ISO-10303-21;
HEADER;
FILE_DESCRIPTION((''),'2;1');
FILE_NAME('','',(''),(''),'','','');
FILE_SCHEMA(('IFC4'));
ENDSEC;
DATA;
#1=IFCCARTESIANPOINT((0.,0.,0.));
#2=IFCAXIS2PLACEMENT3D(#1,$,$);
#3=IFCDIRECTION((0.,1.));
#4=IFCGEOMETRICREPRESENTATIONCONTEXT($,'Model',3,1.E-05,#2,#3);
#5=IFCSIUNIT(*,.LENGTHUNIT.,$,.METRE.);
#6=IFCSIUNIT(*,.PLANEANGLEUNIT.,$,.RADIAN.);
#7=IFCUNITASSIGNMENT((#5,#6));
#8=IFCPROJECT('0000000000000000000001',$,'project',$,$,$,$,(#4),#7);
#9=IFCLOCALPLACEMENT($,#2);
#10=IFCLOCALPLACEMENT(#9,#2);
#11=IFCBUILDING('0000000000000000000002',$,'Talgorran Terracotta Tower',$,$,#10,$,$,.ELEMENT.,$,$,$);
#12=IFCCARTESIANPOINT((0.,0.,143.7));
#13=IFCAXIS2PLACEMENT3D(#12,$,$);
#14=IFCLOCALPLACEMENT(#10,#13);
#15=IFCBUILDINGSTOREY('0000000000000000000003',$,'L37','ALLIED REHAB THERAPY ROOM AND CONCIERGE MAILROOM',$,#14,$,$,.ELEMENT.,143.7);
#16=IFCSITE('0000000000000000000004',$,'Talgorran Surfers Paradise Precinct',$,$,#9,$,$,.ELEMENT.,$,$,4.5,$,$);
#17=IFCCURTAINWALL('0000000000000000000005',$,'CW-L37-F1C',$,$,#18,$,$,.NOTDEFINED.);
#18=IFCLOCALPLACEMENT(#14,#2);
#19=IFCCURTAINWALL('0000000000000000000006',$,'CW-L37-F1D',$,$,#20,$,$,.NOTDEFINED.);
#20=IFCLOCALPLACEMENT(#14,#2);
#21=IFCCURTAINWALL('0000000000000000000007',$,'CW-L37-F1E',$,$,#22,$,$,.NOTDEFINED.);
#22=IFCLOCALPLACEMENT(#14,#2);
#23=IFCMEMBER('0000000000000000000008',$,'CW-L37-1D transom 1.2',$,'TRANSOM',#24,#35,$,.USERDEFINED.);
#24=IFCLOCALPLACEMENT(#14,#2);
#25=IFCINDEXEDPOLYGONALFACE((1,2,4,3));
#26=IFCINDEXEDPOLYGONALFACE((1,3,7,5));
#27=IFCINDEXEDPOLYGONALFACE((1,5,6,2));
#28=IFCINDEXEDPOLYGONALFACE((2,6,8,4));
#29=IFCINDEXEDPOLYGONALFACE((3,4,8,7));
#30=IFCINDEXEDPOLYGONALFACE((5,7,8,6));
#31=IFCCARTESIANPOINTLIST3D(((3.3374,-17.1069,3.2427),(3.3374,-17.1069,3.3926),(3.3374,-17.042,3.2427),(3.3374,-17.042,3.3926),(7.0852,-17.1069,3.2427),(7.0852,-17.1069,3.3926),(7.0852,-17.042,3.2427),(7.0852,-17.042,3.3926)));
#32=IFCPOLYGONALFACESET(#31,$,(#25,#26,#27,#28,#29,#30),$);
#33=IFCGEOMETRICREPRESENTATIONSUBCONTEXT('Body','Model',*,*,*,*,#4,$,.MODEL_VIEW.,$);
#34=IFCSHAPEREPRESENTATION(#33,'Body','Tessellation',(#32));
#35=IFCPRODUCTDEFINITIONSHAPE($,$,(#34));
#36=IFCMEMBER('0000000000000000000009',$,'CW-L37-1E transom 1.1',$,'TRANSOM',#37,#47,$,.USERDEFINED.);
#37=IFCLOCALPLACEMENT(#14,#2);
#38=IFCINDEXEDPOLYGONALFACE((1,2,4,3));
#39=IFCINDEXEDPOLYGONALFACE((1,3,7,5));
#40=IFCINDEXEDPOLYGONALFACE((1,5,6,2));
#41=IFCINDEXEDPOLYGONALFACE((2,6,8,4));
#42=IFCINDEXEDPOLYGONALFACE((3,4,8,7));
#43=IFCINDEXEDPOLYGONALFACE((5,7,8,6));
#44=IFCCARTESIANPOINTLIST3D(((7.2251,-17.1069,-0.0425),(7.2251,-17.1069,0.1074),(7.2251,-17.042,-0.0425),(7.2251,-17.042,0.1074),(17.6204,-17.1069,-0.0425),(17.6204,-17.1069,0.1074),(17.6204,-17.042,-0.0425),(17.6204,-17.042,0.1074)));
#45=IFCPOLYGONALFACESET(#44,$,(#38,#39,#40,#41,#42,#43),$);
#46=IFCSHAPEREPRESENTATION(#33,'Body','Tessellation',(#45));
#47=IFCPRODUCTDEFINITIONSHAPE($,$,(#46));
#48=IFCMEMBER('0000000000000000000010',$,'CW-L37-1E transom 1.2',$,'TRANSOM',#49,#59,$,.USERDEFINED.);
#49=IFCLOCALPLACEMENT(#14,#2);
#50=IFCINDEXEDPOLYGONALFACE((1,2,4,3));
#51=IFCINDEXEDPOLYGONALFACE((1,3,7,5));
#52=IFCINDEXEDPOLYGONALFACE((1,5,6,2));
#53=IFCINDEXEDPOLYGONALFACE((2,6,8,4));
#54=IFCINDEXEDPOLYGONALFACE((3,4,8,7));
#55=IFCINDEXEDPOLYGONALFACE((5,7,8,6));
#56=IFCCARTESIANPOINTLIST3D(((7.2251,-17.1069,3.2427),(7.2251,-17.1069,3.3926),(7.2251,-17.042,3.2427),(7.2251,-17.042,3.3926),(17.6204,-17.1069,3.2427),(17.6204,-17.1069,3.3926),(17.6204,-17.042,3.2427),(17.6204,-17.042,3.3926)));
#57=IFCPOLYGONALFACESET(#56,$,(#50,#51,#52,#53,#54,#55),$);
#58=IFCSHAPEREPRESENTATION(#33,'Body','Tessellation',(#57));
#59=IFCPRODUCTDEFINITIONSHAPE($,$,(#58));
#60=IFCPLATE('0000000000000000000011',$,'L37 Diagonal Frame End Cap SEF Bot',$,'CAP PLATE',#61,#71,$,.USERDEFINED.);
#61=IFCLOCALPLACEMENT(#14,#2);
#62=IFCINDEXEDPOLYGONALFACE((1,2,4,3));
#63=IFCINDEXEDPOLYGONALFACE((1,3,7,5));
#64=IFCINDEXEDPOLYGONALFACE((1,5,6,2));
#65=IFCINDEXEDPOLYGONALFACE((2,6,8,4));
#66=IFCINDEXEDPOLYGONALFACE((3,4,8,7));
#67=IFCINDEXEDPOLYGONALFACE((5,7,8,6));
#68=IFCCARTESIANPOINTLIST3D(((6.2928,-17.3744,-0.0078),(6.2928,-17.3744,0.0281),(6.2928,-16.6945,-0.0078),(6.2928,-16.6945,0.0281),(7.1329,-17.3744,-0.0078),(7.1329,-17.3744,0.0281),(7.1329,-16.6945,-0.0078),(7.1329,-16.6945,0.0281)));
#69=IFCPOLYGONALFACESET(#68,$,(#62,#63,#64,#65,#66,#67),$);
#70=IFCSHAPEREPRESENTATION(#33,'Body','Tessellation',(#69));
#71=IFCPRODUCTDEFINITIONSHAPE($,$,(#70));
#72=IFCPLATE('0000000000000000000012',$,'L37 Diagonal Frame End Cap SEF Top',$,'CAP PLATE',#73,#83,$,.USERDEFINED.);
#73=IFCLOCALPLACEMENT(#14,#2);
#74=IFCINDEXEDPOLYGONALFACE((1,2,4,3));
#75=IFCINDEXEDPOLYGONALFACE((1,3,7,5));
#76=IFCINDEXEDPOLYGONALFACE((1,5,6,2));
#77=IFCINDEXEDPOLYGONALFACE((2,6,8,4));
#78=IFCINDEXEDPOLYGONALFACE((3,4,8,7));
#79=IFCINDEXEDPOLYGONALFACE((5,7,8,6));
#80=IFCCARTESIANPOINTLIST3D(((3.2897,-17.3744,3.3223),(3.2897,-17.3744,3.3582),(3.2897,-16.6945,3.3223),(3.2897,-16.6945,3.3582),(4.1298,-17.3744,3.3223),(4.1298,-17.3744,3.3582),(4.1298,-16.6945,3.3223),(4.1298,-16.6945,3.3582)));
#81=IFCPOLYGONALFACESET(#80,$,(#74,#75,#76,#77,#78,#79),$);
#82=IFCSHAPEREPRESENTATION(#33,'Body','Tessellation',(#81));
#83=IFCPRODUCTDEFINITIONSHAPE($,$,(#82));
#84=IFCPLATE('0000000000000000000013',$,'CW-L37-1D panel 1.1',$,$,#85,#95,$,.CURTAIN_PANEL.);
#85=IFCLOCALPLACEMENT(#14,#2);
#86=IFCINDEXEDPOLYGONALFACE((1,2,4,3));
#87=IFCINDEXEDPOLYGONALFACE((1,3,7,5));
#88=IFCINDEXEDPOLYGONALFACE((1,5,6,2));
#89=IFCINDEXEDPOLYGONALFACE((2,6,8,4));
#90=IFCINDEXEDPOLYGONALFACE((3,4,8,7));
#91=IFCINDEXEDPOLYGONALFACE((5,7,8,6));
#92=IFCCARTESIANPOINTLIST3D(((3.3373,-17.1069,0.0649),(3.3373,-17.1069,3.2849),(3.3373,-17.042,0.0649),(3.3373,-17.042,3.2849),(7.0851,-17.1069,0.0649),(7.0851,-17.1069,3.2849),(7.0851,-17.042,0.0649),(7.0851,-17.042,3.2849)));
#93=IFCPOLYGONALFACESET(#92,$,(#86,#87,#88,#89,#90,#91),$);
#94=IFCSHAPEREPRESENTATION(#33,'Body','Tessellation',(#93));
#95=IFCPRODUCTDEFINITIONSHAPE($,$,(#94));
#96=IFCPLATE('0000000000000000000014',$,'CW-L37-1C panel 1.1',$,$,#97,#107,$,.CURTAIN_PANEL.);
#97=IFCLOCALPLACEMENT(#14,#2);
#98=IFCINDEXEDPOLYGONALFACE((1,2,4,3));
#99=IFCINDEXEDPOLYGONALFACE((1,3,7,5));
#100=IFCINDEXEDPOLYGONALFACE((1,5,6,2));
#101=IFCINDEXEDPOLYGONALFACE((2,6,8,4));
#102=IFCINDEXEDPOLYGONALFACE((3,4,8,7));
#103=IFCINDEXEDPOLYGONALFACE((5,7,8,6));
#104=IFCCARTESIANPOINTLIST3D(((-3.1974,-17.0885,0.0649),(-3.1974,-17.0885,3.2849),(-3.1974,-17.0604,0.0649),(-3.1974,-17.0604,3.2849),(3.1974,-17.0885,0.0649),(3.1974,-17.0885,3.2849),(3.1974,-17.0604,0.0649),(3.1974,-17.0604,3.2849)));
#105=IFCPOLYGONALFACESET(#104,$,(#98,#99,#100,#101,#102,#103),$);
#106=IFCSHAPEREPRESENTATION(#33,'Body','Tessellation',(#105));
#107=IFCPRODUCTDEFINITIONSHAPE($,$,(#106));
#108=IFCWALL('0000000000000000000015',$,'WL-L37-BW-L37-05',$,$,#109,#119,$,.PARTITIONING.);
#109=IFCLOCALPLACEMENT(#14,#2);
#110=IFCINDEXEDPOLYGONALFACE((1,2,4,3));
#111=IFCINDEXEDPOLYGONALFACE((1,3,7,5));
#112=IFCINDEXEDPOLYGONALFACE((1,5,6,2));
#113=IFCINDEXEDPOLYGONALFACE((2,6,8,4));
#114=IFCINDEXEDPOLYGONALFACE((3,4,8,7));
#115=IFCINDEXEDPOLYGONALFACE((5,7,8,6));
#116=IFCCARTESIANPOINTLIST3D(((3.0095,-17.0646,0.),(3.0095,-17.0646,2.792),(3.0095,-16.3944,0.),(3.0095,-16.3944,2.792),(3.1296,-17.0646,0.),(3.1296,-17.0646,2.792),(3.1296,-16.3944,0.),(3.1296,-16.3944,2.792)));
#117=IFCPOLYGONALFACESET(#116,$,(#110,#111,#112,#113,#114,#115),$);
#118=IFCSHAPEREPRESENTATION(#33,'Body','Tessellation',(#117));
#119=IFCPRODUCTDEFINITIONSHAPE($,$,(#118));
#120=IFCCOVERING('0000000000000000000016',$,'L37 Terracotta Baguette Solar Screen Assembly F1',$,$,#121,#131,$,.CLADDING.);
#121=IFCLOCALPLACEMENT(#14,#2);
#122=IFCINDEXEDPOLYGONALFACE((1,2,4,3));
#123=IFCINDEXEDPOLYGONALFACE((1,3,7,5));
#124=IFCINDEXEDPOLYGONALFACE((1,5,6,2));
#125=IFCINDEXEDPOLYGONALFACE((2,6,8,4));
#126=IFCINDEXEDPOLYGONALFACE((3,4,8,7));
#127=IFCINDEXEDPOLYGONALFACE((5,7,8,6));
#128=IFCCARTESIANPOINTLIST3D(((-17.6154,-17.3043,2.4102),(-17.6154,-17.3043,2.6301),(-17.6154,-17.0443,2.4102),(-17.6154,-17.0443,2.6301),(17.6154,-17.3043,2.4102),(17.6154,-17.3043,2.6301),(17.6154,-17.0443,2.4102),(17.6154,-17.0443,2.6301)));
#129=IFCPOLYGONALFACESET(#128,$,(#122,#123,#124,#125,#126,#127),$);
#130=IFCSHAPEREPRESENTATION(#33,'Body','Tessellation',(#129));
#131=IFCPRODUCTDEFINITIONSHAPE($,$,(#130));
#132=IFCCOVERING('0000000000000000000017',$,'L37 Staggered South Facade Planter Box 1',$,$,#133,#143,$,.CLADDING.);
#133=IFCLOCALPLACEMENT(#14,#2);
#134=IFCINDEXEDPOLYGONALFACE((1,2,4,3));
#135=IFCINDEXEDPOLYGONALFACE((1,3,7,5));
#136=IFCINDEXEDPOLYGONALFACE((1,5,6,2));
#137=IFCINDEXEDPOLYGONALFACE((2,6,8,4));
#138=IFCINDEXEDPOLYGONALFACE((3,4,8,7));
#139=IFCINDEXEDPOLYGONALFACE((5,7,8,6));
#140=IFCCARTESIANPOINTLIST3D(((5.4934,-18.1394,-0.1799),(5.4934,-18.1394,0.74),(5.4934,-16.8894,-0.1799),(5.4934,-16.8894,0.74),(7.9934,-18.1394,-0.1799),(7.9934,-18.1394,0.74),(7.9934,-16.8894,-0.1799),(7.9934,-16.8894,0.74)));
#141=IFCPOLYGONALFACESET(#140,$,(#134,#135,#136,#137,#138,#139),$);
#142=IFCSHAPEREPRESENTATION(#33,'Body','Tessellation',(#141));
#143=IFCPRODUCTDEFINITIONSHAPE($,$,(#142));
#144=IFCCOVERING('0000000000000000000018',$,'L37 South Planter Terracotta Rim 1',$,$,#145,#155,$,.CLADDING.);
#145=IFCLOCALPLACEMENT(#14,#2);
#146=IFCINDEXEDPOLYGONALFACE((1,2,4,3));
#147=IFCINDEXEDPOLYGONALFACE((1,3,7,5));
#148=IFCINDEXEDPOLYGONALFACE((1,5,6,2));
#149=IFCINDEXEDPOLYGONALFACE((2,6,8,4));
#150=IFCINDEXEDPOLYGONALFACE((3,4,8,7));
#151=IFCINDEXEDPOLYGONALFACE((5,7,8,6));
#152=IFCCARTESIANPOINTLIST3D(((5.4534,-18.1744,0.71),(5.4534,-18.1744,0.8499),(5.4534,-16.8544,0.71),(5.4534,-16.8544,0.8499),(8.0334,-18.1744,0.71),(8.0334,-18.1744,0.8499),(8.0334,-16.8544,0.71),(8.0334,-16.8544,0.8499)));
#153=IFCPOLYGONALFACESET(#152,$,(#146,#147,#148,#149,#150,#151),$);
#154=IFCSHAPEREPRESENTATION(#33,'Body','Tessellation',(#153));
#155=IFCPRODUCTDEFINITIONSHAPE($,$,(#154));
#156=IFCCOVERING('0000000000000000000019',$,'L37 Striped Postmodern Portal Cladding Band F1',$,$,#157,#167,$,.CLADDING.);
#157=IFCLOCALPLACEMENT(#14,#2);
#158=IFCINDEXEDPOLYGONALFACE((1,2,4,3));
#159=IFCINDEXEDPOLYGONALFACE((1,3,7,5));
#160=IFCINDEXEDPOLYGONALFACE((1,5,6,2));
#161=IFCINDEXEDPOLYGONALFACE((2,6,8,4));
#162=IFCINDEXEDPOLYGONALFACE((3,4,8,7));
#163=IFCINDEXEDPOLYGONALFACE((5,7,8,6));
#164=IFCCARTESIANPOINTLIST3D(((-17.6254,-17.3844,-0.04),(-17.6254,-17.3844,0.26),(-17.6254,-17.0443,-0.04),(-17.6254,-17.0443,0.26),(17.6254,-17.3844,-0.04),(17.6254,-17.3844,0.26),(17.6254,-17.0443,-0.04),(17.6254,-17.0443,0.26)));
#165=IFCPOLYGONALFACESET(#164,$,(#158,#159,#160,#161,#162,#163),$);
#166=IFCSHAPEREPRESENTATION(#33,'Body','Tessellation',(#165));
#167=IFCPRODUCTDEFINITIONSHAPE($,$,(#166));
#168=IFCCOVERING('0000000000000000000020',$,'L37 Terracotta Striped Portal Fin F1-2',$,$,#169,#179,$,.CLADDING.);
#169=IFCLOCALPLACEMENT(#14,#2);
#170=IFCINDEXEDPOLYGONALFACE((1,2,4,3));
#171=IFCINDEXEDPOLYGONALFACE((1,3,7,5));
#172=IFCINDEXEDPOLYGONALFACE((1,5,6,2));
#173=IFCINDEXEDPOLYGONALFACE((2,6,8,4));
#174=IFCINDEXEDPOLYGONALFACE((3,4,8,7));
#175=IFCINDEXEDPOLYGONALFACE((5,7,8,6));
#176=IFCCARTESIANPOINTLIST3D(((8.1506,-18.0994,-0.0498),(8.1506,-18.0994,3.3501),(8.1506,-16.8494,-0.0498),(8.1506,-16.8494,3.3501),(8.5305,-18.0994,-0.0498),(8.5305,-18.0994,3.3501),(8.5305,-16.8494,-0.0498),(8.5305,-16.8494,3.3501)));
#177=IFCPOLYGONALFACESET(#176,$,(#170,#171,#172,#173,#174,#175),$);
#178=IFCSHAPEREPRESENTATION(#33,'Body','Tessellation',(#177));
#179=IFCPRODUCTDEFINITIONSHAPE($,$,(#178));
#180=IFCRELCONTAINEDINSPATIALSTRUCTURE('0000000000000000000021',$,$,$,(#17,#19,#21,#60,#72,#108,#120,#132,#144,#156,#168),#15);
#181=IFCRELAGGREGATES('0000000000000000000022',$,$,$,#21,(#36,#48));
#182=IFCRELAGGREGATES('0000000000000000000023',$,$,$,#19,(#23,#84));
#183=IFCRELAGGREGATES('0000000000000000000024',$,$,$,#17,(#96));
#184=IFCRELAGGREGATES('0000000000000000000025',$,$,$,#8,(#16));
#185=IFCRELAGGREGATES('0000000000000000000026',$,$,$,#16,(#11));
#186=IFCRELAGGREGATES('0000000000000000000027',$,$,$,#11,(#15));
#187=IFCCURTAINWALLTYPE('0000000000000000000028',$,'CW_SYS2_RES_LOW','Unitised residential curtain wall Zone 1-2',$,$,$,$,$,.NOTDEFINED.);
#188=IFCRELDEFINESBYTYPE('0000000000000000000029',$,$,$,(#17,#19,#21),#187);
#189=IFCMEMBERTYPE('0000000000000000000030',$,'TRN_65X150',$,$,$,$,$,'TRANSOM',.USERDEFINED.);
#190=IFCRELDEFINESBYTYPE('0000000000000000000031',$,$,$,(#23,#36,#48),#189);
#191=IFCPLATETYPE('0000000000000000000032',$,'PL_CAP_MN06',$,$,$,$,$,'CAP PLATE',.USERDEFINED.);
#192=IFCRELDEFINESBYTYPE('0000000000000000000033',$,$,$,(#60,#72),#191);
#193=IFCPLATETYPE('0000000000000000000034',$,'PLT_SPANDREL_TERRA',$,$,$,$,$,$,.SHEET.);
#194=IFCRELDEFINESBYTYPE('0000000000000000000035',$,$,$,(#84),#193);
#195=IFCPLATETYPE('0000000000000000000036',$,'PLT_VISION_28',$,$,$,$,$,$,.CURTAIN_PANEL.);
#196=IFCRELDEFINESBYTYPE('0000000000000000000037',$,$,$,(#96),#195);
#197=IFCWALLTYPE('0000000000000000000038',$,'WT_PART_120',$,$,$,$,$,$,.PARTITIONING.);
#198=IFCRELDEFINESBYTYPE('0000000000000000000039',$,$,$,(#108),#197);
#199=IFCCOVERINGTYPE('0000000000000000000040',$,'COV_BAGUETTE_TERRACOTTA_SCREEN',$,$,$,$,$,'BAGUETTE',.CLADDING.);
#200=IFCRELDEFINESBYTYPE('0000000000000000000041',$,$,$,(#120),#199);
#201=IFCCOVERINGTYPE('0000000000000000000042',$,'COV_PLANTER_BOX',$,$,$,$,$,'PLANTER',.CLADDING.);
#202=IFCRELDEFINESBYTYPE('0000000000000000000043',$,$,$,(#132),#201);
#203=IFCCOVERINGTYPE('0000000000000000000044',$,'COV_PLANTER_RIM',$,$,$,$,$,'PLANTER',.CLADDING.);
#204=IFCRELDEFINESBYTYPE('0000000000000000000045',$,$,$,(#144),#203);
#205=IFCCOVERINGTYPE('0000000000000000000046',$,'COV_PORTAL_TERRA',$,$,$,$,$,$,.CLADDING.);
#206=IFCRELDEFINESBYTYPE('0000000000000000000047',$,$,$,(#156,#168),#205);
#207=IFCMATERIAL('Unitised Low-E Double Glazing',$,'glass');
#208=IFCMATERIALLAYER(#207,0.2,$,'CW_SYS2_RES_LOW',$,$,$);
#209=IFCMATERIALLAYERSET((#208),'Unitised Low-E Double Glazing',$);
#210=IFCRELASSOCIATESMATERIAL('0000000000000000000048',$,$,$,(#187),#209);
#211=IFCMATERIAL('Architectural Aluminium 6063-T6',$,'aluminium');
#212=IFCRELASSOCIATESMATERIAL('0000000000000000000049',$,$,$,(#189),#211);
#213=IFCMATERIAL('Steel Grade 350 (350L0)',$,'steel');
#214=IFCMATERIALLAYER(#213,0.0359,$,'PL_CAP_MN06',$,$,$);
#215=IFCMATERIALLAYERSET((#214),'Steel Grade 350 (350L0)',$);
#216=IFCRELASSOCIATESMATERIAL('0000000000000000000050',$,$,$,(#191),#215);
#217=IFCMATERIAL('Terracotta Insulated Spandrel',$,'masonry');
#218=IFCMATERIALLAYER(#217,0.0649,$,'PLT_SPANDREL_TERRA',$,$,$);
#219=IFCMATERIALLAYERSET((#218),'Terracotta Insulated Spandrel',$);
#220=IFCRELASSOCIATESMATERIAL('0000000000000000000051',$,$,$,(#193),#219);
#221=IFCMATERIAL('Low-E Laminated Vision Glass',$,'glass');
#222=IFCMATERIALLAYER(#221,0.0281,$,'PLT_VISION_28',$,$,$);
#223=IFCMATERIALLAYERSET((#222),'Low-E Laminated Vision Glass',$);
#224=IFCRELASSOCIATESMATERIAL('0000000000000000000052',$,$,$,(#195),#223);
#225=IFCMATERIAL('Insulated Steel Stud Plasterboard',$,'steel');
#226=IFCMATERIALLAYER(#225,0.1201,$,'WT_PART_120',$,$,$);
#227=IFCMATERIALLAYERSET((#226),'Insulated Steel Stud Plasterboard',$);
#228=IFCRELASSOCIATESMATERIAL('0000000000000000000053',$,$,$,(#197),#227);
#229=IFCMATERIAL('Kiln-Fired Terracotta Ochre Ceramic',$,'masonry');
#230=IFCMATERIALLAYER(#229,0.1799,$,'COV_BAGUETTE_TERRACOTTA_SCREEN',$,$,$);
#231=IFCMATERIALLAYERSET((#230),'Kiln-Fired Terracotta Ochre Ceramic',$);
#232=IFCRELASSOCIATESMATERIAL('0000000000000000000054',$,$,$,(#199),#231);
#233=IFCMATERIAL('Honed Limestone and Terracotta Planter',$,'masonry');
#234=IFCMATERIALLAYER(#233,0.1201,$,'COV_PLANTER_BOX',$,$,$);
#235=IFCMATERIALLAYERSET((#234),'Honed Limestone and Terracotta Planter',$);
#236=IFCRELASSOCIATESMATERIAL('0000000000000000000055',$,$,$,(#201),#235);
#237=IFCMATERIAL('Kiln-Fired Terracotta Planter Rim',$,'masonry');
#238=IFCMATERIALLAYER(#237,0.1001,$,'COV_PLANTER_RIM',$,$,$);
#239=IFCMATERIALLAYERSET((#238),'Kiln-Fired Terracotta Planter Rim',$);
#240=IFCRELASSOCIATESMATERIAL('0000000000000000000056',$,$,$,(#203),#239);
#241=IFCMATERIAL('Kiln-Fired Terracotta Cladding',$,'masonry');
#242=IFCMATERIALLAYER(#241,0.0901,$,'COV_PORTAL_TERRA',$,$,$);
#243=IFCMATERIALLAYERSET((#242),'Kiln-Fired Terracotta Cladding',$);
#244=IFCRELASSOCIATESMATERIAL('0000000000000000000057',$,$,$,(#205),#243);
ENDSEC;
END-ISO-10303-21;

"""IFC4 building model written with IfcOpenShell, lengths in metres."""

from ifc_helpers import new_model, si_unit, direction, frame, frame_2d, origin, origin_2d, place, context, subcontext, project, spatial, rectangle, extrude, source, transform, mapped, material, layer, layer_set, material_profile, profile_set, type_object, type_shapes, element, aggregate, save


model = new_model("IFC4")

# Units and contexts
model_context = context("Model", 3, precision=1e-05, world=origin(), true_north=direction((0.0, 1.0)))
body_context = subcontext(model_context, "Body", "Model", "MODEL_VIEW")
ifc_project = project(units=[si_unit("LENGTHUNIT", "METRE"), si_unit("PLANEANGLEUNIT", "RADIAN")], contexts=[model_context])

# Site, building, storey
site_placement = place(None, origin())
site = spatial("IfcSite", under=ifc_project, at=site_placement, Name="Talgorran Surfers Paradise Precinct", CompositionType="ELEMENT", RefElevation=4.5)
building_placement = place(site_placement, origin())
building = spatial("IfcBuilding", under=site, at=building_placement, Name="Talgorran Terracotta Tower", CompositionType="ELEMENT")
storey_placement = place(building_placement, frame((0.0, 0.0, 143.7)))
storey = spatial("IfcBuildingStorey", under=building, at=storey_placement, Name="L37", Description="ALLIED REHAB THERAPY ROOM AND CONCIERGE MAILROOM", CompositionType="ELEMENT", Elevation=143.7)

# Shared definitions
ifc_material_1 = material(Name="Steel Grade 350 (350L0)", Category="steel")

# Curtain wall
ifc_material_2 = material(Name="Unitised Low-E Double Glazing", Category="glass")
ifc_layer_1 = layer(ifc_material_2, 0.2, Name="CW_SYS2_RES_LOW")
ifc_layer_set_1 = layer_set([ifc_layer_1], Name="Unitised Low-E Double Glazing")
curtain_wall_type = type_object("IfcCurtainWallType", Name="CW_SYS2_RES_LOW", Description="Unitised residential curtain wall Zone 1-2", PredefinedType="NOTDEFINED", material=ifc_layer_set_1)
curtain_wall_1_placement = place(storey_placement, origin())
curtain_wall_1 = element("IfcCurtainWall", 1, at=curtain_wall_1_placement, inside=storey, type_object=curtain_wall_type, Name="CW-L37-F1C", PredefinedType="NOTDEFINED")
ifc_material_3 = material(Name="Architectural Aluminium 6063-T6", Category="aluminium")

# Curtain wall
curtain_wall_2_placement = place(storey_placement, origin())
curtain_wall_2 = element("IfcCurtainWall", 2, at=curtain_wall_2_placement, inside=storey, type_object=curtain_wall_type, Name="CW-L37-F1D", PredefinedType="NOTDEFINED")

# Curtain wall
curtain_wall_3_placement = place(storey_placement, origin())
curtain_wall_3 = element("IfcCurtainWall", 3, at=curtain_wall_3_placement, inside=storey, type_object=curtain_wall_type, Name="CW-L37-F1E", PredefinedType="NOTDEFINED")

# Members
ifc_material_profile_1 = material_profile(ifc_material_3, rectangle(XDim=0.0649, YDim=0.1499, at=origin_2d()), Name="CWT65X150")
ifc_profile_set_1 = profile_set([ifc_material_profile_1], Name="Architectural Aluminium 6063-T6")
member_type_1 = type_object("IfcMemberType", Name="TRN_65X150", ElementType="TRANSOM", PredefinedType="USERDEFINED", material=ifc_profile_set_1)
member_1_placement = place(storey_placement, frame((3.3374, -17.0745, 3.3176), z_axis=(1.0, 0.0, 0.0), x_axis=(0.0, 1.0, 0.0)))
member_1 = element("IfcMember", 4, at=member_1_placement, type_object=member_type_1, Name="CW-L37-1D transom 1.2", ObjectType="TRANSOM", PredefinedType="USERDEFINED", context=body_context, shape_type="SweptSolid", body=[
    extrude(rectangle(XDim=0.0649, YDim=0.1499, at=origin_2d()), origin(), (0.0, 0.0, 1.0), 3.7478),
])
member_2_placement = place(storey_placement, frame((7.2251, -17.0745, 0.0325), z_axis=(1.0, 0.0, 0.0), x_axis=(0.0, 1.0, 0.0)))
member_2 = element("IfcMember", 5, at=member_2_placement, type_object=member_type_1, Name="CW-L37-1E transom 1.1", ObjectType="TRANSOM", PredefinedType="USERDEFINED", context=body_context, shape_type="SweptSolid", body=[
    extrude(rectangle(XDim=0.0649, YDim=0.1499, at=origin_2d()), origin(), (0.0, 0.0, 1.0), 10.3953),
])
member_3_placement = place(storey_placement, frame((7.2251, -17.0745, 3.3176), z_axis=(1.0, 0.0, 0.0), x_axis=(0.0, 1.0, 0.0)))
member_3 = element("IfcMember", 6, at=member_3_placement, type_object=member_type_1, Name="CW-L37-1E transom 1.2", ObjectType="TRANSOM", PredefinedType="USERDEFINED", context=body_context, shape_type="SweptSolid", body=[
    extrude(rectangle(XDim=0.0649, YDim=0.1499, at=origin_2d()), origin(), (0.0, 0.0, 1.0), 10.3953),
])
aggregate(curtain_wall_3, [member_2, member_3])

# Plates
ifc_layer_2 = layer(ifc_material_1, 0.0359, Name="PL_CAP_MN06")
ifc_layer_set_2 = layer_set([ifc_layer_2], Name="Steel Grade 350 (350L0)")
plate_type_1 = type_object("IfcPlateType", Name="PL_CAP_MN06", ElementType="CAP PLATE", PredefinedType="USERDEFINED", material=ifc_layer_set_2)
for number, where, z_axis, x_axis, name in (
    (7, (6.7129, -17.0344, -0.0078), (0.0, 0.0, 1.0), (-1.0, 0.0, 0.0), "L37 Diagonal Frame End Cap SEF Bot"),
    (8, (3.7097, -17.0344, 3.3223), (0.0, 0.0, 1.0), (-1.0, 0.0, 0.0), "L37 Diagonal Frame End Cap SEF Top"),
):
    element("IfcPlate", number, at=place(storey_placement, frame(where, z_axis=z_axis, x_axis=x_axis)), inside=storey, type_object=plate_type_1, Name=name, ObjectType="CAP PLATE", PredefinedType="USERDEFINED", context=body_context, shape_type="SweptSolid", body=[
        extrude(rectangle(XDim=0.8401, YDim=0.6799, at=origin_2d()), origin(), (0.0, 0.0, 1.0), 0.0359),
    ])

# Plates
ifc_material_4 = material(Name="Terracotta Insulated Spandrel", Category="masonry")
ifc_layer_3 = layer(ifc_material_4, 0.0649, Name="PLT_SPANDREL_TERRA")
ifc_layer_set_3 = layer_set([ifc_layer_3], Name="Terracotta Insulated Spandrel")
plate_type_2 = type_object("IfcPlateType", Name="PLT_SPANDREL_TERRA", PredefinedType="SHEET", material=ifc_layer_set_3)
shared_shape_1 = source(origin(), body_context, "Body", "SweptSolid", [
    extrude(rectangle(XDim=3.7478, YDim=0.0649, at=origin_2d()), origin(), (0.0, 0.0, 1.0), 3.22),
])
type_shapes(plate_type_2, [shared_shape_1])
plate_1_placement = place(storey_placement, frame((5.2112, -17.0745, 0.0649), z_axis=(0.0, 0.0, 1.0), x_axis=(1.0, 0.0, 0.0)))
plate_1 = element("IfcPlate", 9, at=plate_1_placement, type_object=plate_type_2, Name="CW-L37-1D panel 1.1", PredefinedType="CURTAIN_PANEL", context=body_context, shape_type="MappedRepresentation", body=[
    mapped(shared_shape_1, transform((0.0, 0.0, 0.0), scale=1.0)),
])
aggregate(curtain_wall_2, [member_1, plate_1])
ifc_material_5 = material(Name="Low-E Laminated Vision Glass", Category="glass")
ifc_layer_4 = layer(ifc_material_5, 0.0281, Name="PLT_VISION_28")
ifc_layer_set_4 = layer_set([ifc_layer_4], Name="Low-E Laminated Vision Glass")
plate_type_3 = type_object("IfcPlateType", Name="PLT_VISION_28", PredefinedType="CURTAIN_PANEL", material=ifc_layer_set_4)
shared_shape_2 = source(origin(), body_context, "Body", "SweptSolid", [
    extrude(rectangle(XDim=6.3948, YDim=0.0281, at=origin_2d()), origin(), (0.0, 0.0, 1.0), 3.22),
])
type_shapes(plate_type_3, [shared_shape_2])
plate_2_placement = place(storey_placement, frame((0.0, -17.0745, 0.0649), z_axis=(0.0, 0.0, 1.0), x_axis=(1.0, 0.0, 0.0)))
plate_2 = element("IfcPlate", 10, at=plate_2_placement, type_object=plate_type_3, Name="CW-L37-1C panel 1.1", PredefinedType="CURTAIN_PANEL", context=body_context, shape_type="MappedRepresentation", body=[
    mapped(shared_shape_2, transform((0.0, 0.0, 0.0), scale=1.0)),
])
aggregate(curtain_wall_1, [plate_2])

# Wall
ifc_material_6 = material(Name="Insulated Steel Stud Plasterboard", Category="steel")
ifc_layer_5 = layer(ifc_material_6, 0.1201, Name="WT_PART_120")
ifc_layer_set_5 = layer_set([ifc_layer_5], Name="Insulated Steel Stud Plasterboard")
wall_type = type_object("IfcWallType", Name="WT_PART_120", PredefinedType="PARTITIONING", material=ifc_layer_set_5)
wall_placement = place(storey_placement, frame((3.0696, -17.0645, 0.0), z_axis=(0.0, 0.0, 1.0), x_axis=(0.0, 1.0, 0.0)))
element("IfcWall", 11, at=wall_placement, inside=storey, type_object=wall_type, Name="WL-L37-BW-L37-05", PredefinedType="PARTITIONING", context=body_context, shape_type="SweptSolid", body=[
    extrude(rectangle(XDim=0.6702, YDim=0.1201, at=frame_2d((0.335, 0.0))), origin(), (0.0, 0.0, 1.0), 2.792),
])

# Coverings
ifc_material_7 = material(Name="Kiln-Fired Terracotta Ochre Ceramic", Category="masonry")
ifc_layer_6 = layer(ifc_material_7, 0.1799, Name="COV_BAGUETTE_TERRACOTTA_SCREEN")
ifc_layer_set_6 = layer_set([ifc_layer_6], Name="Kiln-Fired Terracotta Ochre Ceramic")
covering_type_1 = type_object("IfcCoveringType", Name="COV_BAGUETTE_TERRACOTTA_SCREEN", ElementType="BAGUETTE", PredefinedType="CLADDING", material=ifc_layer_set_6)
covering_1_placement = place(storey_placement, frame((0.0, -17.1743, 2.4102), z_axis=(0.0, 0.0, 1.0), x_axis=(1.0, 0.0, 0.0)))
element("IfcCovering", 12, at=covering_1_placement, inside=storey, type_object=covering_type_1, Name="L37 Terracotta Baguette Solar Screen Assembly F1", PredefinedType="CLADDING", context=body_context, shape_type="SweptSolid", body=[
    extrude(rectangle(XDim=35.2307, YDim=0.26, at=origin_2d()), origin(), (0.0, 0.0, 1.0), 0.22),
])
ifc_material_8 = material(Name="Honed Limestone and Terracotta Planter", Category="masonry")
ifc_layer_7 = layer(ifc_material_8, 0.1201, Name="COV_PLANTER_BOX")
ifc_layer_set_7 = layer_set([ifc_layer_7], Name="Honed Limestone and Terracotta Planter")
covering_type_2 = type_object("IfcCoveringType", Name="COV_PLANTER_BOX", ElementType="PLANTER", PredefinedType="CLADDING", material=ifc_layer_set_7)
covering_2_placement = place(storey_placement, frame((6.7434, -17.5144, -0.1799), z_axis=(0.0, 0.0, 1.0), x_axis=(1.0, 0.0, 0.0)))
element("IfcCovering", 13, at=covering_2_placement, inside=storey, type_object=covering_type_2, Name="L37 Staggered South Facade Planter Box 1", PredefinedType="CLADDING", context=body_context, shape_type="SweptSolid", body=[
    extrude(rectangle(XDim=2.5, YDim=1.25, at=origin_2d()), origin(), (0.0, 0.0, 1.0), 0.9199),
])
ifc_material_9 = material(Name="Kiln-Fired Terracotta Planter Rim", Category="masonry")
ifc_layer_8 = layer(ifc_material_9, 0.1001, Name="COV_PLANTER_RIM")
ifc_layer_set_8 = layer_set([ifc_layer_8], Name="Kiln-Fired Terracotta Planter Rim")
covering_type_3 = type_object("IfcCoveringType", Name="COV_PLANTER_RIM", ElementType="PLANTER", PredefinedType="CLADDING", material=ifc_layer_set_8)
covering_3_placement = place(storey_placement, frame((6.7434, -17.5144, 0.71), z_axis=(0.0, 0.0, 1.0), x_axis=(1.0, 0.0, 0.0)))
element("IfcCovering", 14, at=covering_3_placement, inside=storey, type_object=covering_type_3, Name="L37 South Planter Terracotta Rim 1", PredefinedType="CLADDING", context=body_context, shape_type="SweptSolid", body=[
    extrude(rectangle(XDim=2.5801, YDim=1.3201, at=origin_2d()), origin(), (0.0, 0.0, 1.0), 0.1399),
])
ifc_material_10 = material(Name="Kiln-Fired Terracotta Cladding", Category="masonry")
ifc_layer_9 = layer(ifc_material_10, 0.0901, Name="COV_PORTAL_TERRA")
ifc_layer_set_9 = layer_set([ifc_layer_9], Name="Kiln-Fired Terracotta Cladding")
covering_type_4 = type_object("IfcCoveringType", Name="COV_PORTAL_TERRA", PredefinedType="CLADDING", material=ifc_layer_set_9)
covering_4_placement = place(storey_placement, frame((0.0, -17.2144, -0.04), z_axis=(0.0, 0.0, 1.0), x_axis=(1.0, 0.0, 0.0)))
element("IfcCovering", 15, at=covering_4_placement, inside=storey, type_object=covering_type_4, Name="L37 Striped Postmodern Portal Cladding Band F1", PredefinedType="CLADDING", context=body_context, shape_type="SweptSolid", body=[
    extrude(rectangle(XDim=35.2507, YDim=0.3401, at=origin_2d()), origin(), (0.0, 0.0, 1.0), 0.3),
])
covering_5_placement = place(storey_placement, frame((8.3406, -17.4744, -0.0498), z_axis=(0.0, 0.0, 1.0), x_axis=(1.0, 0.0, 0.0)))
element("IfcCovering", 16, at=covering_5_placement, inside=storey, type_object=covering_type_4, Name="L37 Terracotta Striped Portal Fin F1-2", PredefinedType="CLADDING", context=body_context, shape_type="SweptSolid", body=[
    extrude(rectangle(XDim=0.3799, YDim=1.25, at=origin_2d()), origin(), (0.0, 0.0, 1.0), 3.3999),
])

save(model, "model.ifc")
